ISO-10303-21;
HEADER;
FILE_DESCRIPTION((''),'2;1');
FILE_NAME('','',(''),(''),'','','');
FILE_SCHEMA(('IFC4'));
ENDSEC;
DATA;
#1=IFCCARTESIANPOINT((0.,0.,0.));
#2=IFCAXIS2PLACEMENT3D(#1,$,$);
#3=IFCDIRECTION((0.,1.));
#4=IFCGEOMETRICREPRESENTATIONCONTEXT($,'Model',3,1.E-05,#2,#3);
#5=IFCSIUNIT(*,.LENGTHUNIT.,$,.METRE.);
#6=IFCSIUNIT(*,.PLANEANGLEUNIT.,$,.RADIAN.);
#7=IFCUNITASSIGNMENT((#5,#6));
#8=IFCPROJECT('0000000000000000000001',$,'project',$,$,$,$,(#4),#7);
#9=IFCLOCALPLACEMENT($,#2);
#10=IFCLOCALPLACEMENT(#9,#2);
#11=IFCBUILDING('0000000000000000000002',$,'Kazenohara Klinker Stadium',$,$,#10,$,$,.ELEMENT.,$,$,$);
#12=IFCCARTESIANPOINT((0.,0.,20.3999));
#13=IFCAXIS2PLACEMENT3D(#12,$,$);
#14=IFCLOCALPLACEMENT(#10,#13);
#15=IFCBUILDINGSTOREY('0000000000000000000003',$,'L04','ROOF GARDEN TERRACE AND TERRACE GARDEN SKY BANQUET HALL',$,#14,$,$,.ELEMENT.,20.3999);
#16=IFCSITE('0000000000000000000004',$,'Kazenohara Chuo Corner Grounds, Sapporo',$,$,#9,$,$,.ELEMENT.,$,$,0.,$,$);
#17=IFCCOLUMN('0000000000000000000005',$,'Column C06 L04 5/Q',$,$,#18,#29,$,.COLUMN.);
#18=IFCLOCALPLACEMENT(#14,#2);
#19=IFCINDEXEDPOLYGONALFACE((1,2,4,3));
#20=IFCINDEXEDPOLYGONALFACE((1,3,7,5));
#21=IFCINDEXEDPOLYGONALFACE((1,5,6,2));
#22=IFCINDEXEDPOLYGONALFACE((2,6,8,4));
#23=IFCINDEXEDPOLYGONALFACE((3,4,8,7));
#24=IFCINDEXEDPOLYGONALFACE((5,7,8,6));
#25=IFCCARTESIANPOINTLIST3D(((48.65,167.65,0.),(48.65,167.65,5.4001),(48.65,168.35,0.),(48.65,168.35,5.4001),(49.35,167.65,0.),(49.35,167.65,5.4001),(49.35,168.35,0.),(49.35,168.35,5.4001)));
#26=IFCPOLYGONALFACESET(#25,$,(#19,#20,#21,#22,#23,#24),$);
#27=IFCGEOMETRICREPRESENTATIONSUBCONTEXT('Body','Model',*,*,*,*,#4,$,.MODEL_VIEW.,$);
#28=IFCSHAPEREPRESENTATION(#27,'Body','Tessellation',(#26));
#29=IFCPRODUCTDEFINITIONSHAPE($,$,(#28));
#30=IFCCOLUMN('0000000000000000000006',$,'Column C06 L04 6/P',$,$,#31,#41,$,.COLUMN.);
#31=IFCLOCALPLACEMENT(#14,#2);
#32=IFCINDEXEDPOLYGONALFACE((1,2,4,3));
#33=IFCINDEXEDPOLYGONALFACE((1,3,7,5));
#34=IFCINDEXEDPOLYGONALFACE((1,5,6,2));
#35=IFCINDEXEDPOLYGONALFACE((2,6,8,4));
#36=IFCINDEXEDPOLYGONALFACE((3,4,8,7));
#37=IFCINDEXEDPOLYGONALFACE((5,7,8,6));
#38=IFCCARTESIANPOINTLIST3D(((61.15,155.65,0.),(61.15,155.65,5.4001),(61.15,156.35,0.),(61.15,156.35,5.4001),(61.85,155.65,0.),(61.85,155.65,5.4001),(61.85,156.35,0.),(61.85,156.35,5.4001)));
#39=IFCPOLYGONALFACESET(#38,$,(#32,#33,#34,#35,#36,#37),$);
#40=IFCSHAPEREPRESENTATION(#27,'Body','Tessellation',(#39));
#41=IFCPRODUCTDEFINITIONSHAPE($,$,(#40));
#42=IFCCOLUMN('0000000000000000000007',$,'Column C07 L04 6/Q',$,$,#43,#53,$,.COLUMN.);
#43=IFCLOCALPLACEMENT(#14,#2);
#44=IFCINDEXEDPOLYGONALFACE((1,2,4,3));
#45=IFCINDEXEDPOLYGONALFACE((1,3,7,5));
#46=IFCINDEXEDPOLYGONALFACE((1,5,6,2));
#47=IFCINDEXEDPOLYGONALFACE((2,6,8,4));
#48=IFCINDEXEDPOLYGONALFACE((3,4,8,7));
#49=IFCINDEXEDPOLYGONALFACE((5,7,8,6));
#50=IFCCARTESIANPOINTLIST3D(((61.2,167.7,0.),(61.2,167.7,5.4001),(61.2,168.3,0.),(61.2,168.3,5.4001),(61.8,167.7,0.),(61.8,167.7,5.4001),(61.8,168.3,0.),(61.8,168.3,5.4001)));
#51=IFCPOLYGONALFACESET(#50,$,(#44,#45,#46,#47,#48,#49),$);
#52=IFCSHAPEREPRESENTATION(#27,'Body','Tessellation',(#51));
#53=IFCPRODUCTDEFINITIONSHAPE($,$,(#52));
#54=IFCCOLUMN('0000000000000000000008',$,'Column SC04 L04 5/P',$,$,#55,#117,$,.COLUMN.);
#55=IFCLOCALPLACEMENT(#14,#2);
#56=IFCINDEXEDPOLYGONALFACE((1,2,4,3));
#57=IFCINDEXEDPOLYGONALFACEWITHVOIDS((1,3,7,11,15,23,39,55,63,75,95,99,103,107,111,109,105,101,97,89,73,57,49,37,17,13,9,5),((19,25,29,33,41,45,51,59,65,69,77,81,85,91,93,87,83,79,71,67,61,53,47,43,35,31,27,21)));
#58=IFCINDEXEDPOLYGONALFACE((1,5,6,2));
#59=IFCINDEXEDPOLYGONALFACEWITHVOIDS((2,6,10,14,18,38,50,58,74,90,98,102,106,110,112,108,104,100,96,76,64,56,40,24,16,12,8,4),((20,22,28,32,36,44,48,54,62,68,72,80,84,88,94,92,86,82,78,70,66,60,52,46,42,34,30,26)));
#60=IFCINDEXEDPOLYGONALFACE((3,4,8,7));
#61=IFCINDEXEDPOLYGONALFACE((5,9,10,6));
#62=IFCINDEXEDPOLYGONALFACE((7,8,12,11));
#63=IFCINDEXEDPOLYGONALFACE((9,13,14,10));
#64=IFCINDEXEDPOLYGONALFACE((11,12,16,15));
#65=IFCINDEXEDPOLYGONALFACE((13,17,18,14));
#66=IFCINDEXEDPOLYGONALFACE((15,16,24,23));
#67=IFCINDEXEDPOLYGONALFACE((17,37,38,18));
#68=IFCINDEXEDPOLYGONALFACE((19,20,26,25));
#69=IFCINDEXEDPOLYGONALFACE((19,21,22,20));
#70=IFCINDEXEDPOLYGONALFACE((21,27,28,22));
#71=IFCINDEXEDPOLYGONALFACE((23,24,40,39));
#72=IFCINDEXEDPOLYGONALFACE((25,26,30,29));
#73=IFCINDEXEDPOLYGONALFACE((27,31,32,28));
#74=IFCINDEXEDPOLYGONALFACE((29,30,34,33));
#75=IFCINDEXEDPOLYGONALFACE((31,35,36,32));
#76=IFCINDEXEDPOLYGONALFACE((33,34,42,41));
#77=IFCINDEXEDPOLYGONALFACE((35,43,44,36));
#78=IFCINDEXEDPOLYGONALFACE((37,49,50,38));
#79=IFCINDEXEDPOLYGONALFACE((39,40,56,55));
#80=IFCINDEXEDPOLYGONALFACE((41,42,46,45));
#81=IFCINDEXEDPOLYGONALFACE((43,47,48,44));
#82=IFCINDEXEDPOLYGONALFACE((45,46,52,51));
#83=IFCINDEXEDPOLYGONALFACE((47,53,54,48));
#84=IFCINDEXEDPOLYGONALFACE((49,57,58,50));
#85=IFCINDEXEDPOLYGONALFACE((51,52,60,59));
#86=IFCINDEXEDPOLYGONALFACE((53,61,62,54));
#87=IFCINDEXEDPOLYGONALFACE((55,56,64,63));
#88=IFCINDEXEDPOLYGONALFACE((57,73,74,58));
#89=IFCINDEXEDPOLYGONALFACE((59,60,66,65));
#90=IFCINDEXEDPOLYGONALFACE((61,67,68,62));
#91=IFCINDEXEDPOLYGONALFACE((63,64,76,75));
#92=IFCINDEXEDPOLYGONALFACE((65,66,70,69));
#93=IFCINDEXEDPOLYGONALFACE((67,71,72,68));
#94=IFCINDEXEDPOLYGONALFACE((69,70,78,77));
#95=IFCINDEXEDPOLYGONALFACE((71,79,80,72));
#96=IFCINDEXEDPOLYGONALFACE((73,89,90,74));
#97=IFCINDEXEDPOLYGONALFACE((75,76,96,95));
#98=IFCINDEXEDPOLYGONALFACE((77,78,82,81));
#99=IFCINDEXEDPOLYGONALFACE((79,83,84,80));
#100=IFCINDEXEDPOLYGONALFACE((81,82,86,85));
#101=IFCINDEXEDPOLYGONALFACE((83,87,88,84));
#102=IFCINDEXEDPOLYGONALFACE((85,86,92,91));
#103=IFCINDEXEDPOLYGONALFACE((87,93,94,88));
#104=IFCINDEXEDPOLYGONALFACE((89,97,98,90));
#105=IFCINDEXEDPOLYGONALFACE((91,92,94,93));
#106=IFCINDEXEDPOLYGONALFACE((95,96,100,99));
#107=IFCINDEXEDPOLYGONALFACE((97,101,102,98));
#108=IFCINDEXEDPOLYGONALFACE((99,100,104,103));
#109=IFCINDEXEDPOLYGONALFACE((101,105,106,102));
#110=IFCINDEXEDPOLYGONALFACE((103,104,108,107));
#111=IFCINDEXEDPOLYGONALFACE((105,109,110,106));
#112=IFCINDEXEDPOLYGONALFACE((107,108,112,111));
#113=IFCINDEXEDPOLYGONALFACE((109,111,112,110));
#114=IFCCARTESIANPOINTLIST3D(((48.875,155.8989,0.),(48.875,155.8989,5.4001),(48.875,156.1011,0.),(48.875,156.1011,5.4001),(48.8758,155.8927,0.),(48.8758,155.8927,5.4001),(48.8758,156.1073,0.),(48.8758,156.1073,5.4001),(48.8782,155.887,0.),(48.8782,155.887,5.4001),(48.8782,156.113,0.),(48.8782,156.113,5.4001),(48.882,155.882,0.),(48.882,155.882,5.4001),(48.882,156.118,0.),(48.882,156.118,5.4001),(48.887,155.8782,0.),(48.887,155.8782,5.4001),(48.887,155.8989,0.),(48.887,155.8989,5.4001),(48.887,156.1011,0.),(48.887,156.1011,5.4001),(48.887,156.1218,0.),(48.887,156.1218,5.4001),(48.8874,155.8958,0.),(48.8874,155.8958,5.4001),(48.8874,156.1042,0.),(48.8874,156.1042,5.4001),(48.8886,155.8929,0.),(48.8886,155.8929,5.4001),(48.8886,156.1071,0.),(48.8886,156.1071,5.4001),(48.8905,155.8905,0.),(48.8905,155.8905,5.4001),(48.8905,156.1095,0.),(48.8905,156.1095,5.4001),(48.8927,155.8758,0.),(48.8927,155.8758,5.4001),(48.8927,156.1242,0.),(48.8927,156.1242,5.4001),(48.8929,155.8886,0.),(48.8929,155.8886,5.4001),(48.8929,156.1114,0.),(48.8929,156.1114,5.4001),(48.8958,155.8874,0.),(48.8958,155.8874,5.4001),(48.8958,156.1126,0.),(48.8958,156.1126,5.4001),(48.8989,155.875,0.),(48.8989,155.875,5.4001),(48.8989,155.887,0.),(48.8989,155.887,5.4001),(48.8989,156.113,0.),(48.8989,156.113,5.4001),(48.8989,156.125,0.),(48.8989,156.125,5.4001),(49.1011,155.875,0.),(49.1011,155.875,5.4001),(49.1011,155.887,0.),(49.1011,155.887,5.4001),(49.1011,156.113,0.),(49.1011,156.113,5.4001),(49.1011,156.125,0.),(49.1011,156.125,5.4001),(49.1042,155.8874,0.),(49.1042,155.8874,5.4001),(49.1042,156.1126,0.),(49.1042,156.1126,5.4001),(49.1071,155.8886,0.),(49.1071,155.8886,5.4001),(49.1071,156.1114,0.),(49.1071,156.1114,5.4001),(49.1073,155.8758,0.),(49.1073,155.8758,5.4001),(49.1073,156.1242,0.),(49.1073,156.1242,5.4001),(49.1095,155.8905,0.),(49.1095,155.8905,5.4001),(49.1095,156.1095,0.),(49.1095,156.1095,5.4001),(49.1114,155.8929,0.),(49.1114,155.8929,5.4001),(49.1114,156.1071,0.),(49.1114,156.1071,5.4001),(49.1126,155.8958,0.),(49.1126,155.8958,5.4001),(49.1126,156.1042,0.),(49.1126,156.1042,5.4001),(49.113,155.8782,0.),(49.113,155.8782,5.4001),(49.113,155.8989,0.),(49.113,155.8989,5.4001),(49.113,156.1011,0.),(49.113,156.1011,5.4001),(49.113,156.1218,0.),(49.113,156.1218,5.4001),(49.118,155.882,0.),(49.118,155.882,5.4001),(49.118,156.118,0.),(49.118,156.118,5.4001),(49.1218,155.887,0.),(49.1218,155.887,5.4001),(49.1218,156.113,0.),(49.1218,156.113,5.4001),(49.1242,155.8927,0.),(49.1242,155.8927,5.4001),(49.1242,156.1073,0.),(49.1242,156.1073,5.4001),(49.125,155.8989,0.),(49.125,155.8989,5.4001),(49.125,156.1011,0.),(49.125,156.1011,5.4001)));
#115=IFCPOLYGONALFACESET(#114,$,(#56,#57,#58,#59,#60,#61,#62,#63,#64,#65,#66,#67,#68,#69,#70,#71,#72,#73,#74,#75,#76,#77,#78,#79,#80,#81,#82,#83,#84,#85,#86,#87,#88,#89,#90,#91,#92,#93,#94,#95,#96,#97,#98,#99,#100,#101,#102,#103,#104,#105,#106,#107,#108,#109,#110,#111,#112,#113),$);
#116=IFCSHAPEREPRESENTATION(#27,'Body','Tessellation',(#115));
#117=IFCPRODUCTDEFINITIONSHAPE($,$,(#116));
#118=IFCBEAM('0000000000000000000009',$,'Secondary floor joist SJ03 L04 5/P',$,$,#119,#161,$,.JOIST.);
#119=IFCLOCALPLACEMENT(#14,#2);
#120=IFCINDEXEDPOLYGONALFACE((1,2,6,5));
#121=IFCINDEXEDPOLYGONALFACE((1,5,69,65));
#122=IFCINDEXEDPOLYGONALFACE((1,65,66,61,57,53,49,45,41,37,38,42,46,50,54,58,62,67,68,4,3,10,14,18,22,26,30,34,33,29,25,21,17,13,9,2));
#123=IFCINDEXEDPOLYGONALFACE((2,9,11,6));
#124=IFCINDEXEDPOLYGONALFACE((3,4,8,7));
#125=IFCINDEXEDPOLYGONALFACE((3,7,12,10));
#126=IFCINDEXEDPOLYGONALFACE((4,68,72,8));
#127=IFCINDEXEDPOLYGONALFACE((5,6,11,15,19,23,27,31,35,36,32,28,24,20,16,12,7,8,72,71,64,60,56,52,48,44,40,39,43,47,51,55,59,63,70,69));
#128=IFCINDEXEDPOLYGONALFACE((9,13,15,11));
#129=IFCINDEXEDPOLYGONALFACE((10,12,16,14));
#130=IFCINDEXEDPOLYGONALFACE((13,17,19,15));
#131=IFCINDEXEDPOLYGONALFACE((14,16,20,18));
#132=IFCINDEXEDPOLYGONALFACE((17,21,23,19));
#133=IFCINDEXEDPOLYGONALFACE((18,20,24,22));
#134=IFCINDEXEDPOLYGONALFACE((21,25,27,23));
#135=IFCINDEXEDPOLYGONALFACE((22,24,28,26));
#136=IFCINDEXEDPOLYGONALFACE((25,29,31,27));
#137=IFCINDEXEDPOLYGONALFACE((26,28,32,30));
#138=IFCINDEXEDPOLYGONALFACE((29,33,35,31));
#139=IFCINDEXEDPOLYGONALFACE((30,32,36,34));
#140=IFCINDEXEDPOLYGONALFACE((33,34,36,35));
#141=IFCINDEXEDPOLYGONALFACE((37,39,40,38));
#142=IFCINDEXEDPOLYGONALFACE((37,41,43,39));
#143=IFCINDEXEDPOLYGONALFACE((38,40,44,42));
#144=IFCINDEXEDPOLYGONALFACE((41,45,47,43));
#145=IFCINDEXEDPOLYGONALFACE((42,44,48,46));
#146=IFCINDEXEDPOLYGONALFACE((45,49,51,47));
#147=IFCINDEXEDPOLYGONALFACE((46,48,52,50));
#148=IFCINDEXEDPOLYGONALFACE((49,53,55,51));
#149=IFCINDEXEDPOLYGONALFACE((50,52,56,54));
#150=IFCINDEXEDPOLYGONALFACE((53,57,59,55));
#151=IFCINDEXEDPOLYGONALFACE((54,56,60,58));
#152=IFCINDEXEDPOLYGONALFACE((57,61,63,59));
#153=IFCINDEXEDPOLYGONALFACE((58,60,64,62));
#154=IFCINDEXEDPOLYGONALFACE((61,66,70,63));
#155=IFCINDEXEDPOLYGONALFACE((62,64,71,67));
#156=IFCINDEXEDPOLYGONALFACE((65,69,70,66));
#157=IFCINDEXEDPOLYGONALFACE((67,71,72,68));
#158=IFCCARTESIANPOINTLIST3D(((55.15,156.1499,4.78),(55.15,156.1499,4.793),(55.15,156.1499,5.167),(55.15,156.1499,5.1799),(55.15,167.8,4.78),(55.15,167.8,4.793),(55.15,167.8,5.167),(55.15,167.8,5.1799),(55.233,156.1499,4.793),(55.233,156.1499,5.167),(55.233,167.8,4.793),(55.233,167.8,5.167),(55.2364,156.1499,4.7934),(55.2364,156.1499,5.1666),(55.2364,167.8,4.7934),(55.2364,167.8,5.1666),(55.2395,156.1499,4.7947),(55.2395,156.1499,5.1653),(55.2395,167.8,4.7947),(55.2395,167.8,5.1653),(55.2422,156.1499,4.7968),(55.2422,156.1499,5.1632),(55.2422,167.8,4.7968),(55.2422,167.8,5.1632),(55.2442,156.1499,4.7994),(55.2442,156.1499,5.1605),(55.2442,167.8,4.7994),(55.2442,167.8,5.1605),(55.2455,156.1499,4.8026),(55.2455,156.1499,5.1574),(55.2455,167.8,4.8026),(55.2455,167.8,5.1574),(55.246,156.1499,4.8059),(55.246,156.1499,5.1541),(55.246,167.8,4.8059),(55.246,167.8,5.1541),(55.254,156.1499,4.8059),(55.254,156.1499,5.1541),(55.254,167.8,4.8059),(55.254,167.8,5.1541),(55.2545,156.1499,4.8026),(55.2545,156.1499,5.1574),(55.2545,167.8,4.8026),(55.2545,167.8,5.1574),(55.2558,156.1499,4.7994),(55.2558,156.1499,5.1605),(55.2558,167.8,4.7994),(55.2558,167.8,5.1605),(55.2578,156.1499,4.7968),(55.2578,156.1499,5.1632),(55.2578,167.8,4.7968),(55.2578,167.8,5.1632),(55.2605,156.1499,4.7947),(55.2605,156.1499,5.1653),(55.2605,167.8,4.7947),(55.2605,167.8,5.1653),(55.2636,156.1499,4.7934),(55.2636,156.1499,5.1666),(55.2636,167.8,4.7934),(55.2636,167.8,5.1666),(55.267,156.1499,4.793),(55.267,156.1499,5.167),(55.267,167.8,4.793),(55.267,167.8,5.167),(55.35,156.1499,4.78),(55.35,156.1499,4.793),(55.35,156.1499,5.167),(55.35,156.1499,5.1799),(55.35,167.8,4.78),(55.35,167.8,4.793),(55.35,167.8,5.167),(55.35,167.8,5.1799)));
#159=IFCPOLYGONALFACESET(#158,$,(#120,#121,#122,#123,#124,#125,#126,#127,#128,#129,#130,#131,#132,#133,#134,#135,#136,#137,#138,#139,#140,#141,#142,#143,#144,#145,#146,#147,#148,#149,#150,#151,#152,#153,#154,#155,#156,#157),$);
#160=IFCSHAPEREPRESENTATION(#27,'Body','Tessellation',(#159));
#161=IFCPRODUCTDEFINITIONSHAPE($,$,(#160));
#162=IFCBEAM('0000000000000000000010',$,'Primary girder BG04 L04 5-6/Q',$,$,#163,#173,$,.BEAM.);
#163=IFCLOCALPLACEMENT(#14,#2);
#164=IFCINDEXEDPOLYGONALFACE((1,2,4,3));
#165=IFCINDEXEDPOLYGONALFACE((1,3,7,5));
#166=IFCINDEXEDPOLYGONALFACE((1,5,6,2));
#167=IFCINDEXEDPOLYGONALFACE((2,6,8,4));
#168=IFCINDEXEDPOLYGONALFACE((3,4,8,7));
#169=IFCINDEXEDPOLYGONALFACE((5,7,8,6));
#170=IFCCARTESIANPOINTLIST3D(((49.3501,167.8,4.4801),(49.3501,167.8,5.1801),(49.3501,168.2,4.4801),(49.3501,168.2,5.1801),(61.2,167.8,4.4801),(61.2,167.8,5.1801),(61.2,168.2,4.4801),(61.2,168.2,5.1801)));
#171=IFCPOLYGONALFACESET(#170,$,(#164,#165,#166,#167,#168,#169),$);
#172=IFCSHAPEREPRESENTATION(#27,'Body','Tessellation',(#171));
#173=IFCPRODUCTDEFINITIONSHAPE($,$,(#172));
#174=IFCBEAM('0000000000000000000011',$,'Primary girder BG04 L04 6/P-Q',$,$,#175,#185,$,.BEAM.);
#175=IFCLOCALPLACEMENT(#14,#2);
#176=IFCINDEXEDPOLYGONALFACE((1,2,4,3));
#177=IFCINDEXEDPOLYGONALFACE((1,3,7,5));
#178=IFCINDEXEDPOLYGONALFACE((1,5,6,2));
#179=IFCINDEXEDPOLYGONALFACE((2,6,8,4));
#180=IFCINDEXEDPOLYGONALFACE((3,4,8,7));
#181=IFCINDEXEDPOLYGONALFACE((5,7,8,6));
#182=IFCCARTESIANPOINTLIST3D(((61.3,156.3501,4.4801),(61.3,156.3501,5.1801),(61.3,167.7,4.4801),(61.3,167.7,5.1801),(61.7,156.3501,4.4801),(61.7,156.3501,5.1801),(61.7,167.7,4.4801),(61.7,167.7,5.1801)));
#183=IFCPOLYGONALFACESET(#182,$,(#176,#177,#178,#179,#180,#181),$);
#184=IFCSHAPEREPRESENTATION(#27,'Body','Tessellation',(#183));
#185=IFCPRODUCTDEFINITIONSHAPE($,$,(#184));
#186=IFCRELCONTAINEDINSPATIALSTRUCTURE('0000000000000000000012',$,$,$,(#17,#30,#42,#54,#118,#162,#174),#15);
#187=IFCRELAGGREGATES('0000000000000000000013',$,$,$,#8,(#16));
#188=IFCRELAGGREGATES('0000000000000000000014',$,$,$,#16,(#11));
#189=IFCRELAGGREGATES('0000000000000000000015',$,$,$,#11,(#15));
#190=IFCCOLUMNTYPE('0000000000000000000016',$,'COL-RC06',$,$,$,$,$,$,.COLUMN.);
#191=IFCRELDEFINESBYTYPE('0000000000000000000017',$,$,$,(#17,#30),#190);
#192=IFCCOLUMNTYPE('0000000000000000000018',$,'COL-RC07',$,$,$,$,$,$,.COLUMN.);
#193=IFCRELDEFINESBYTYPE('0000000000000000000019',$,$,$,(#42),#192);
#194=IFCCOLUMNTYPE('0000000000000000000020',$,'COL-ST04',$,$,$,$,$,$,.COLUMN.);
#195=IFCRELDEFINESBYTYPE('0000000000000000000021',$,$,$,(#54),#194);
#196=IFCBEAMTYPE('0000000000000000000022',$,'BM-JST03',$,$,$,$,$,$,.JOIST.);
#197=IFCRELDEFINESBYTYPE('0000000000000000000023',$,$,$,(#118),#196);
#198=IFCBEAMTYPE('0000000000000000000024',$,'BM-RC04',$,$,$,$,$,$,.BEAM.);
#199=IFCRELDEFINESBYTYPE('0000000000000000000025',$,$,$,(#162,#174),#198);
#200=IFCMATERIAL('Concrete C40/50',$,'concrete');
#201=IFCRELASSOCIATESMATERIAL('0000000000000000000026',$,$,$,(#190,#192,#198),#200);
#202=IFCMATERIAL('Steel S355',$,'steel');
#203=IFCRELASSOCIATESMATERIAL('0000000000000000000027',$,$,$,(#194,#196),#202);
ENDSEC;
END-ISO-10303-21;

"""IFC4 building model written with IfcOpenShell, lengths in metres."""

from ifc_helpers import new_model, si_unit, direction, frame, origin, origin_2d, place, context, subcontext, project, spatial, rectangle, hollow_rectangle, i_section, extrude, material, material_profile, profile_set, type_object, element, save


model = new_model("IFC4")

# Units and contexts
model_context = context("Model", 3, precision=1e-05, world=origin(), true_north=direction((0.0, 1.0)))
body_context = subcontext(model_context, "Body", "Model", "MODEL_VIEW")
ifc_project = project(units=[si_unit("LENGTHUNIT", "METRE"), si_unit("PLANEANGLEUNIT", "RADIAN")], contexts=[model_context])

# Site, building, storey
site_placement = place(None, origin())
site = spatial("IfcSite", under=ifc_project, at=site_placement, Name="Kazenohara Chuo Corner Grounds, Sapporo", CompositionType="ELEMENT", RefElevation=0.0)
building_placement = place(site_placement, origin())
building = spatial("IfcBuilding", under=site, at=building_placement, Name="Kazenohara Klinker Stadium", CompositionType="ELEMENT")
storey_placement = place(building_placement, frame((0.0, 0.0, 20.3999)))
storey = spatial("IfcBuildingStorey", under=building, at=storey_placement, Name="L04", Description="ROOF GARDEN TERRACE AND TERRACE GARDEN SKY BANQUET HALL", CompositionType="ELEMENT", Elevation=20.3999)

# Columns
ifc_material_1 = material(Name="Concrete C40/50", Category="concrete")
ifc_material_profile_1 = material_profile(ifc_material_1, rectangle(XDim=0.7, YDim=0.7, at=origin_2d()), Name="RC-COL-700x700")
ifc_profile_set_1 = profile_set([ifc_material_profile_1], Name="Concrete C40/50")
column_type_1 = type_object("IfcColumnType", Name="COL-RC06", PredefinedType="COLUMN", material=ifc_profile_set_1)
for number, where, z_axis, x_axis, name in (
    (1, (49.0, 168.0, 0.0), (0.0, 0.0, 1.0), (1.0, 0.0, 0.0), "Column C06 L04 5/Q"),
    (2, (61.5, 156.0, 0.0), (0.0, 0.0, 1.0), (1.0, 0.0, 0.0), "Column C06 L04 6/P"),
):
    element("IfcColumn", number, at=place(storey_placement, frame(where, z_axis=z_axis, x_axis=x_axis)), inside=storey, type_object=column_type_1, Name=name, PredefinedType="COLUMN", context=body_context, shape_type="SweptSolid", body=[
        extrude(rectangle(XDim=0.7, YDim=0.7, at=origin_2d()), origin(), (0.0, 0.0, 1.0), 5.4001),
    ])
ifc_material_profile_2 = material_profile(ifc_material_1, rectangle(XDim=0.6001, YDim=0.6001, at=origin_2d()), Name="RC-COL-600x600")
ifc_profile_set_2 = profile_set([ifc_material_profile_2], Name="Concrete C40/50")
column_type_2 = type_object("IfcColumnType", Name="COL-RC07", PredefinedType="COLUMN", material=ifc_profile_set_2)
column_1_placement = place(storey_placement, frame((61.5, 168.0, 0.0), z_axis=(0.0, 0.0, 1.0), x_axis=(1.0, 0.0, 0.0)))
element("IfcColumn", 3, at=column_1_placement, inside=storey, type_object=column_type_2, Name="Column C07 L04 6/Q", PredefinedType="COLUMN", context=body_context, shape_type="SweptSolid", body=[
    extrude(rectangle(XDim=0.6001, YDim=0.6001, at=origin_2d()), origin(), (0.0, 0.0, 1.0), 5.4001),
])
ifc_material_2 = material(Name="Steel S355", Category="steel")
ifc_material_profile_3 = material_profile(ifc_material_2, hollow_rectangle(XDim=0.25, YDim=0.25, WallThickness=0.012, InnerFilletRadius=0.012, OuterFilletRadius=0.0239, at=origin_2d()), Name="SHS-250x250x12")
ifc_profile_set_3 = profile_set([ifc_material_profile_3], Name="Steel S355")
column_type_3 = type_object("IfcColumnType", Name="COL-ST04", PredefinedType="COLUMN", material=ifc_profile_set_3)
column_2_placement = place(storey_placement, frame((49.0, 156.0, 0.0), z_axis=(0.0, 0.0, 1.0), x_axis=(1.0, 0.0, 0.0)))
element("IfcColumn", 4, at=column_2_placement, inside=storey, type_object=column_type_3, Name="Column SC04 L04 5/P", PredefinedType="COLUMN", context=body_context, shape_type="SweptSolid", body=[
    extrude(hollow_rectangle(XDim=0.25, YDim=0.25, WallThickness=0.012, InnerFilletRadius=0.012, OuterFilletRadius=0.0239, at=origin_2d()), origin(), (0.0, 0.0, 1.0), 5.4001),
])

# Beams
ifc_material_profile_4 = material_profile(ifc_material_2, i_section(OverallWidth=0.2, OverallDepth=0.3999, WebThickness=0.0081, FlangeThickness=0.0129, FilletRadius=0.0129, at=origin_2d()), Name="H-400x200x8x13")
ifc_profile_set_4 = profile_set([ifc_material_profile_4], Name="Steel S355")
beam_type_1 = type_object("IfcBeamType", Name="BM-JST03", PredefinedType="JOIST", material=ifc_profile_set_4)
beam_1_placement = place(storey_placement, frame((55.25, 156.1499, 4.98), z_axis=(0.0, 1.0, 0.0), x_axis=(-1.0, 0.0, 0.0)))
element("IfcBeam", 5, at=beam_1_placement, inside=storey, type_object=beam_type_1, Name="Secondary floor joist SJ03 L04 5/P", PredefinedType="JOIST", context=body_context, shape_type="SweptSolid", body=[
    extrude(i_section(OverallWidth=0.2, OverallDepth=0.3999, WebThickness=0.0081, FlangeThickness=0.0129, FilletRadius=0.0129, at=origin_2d()), origin(), (0.0, 0.0, 1.0), 11.6501),
])
ifc_material_profile_5 = material_profile(ifc_material_1, rectangle(XDim=0.3999, YDim=0.7, at=origin_2d()), Name="RC-BM-400x700")
ifc_profile_set_5 = profile_set([ifc_material_profile_5], Name="Concrete C40/50")
beam_type_2 = type_object("IfcBeamType", Name="BM-RC04", PredefinedType="BEAM", material=ifc_profile_set_5)
beam_2_placement = place(storey_placement, frame((49.3501, 168.0, 4.8301), z_axis=(1.0, 0.0, 0.0), x_axis=(0.0, 1.0, 0.0)))
element("IfcBeam", 6, at=beam_2_placement, inside=storey, type_object=beam_type_2, Name="Primary girder BG04 L04 5-6/Q", PredefinedType="BEAM", context=body_context, shape_type="SweptSolid", body=[
    extrude(rectangle(XDim=0.3999, YDim=0.7, at=origin_2d()), origin(), (0.0, 0.0, 1.0), 11.8499),
])
beam_3_placement = place(storey_placement, frame((61.5, 156.3501, 4.8301), z_axis=(0.0, 1.0, 0.0), x_axis=(-1.0, 0.0, 0.0)))
element("IfcBeam", 7, at=beam_3_placement, inside=storey, type_object=beam_type_2, Name="Primary girder BG04 L04 6/P-Q", PredefinedType="BEAM", context=body_context, shape_type="SweptSolid", body=[
    extrude(rectangle(XDim=0.3999, YDim=0.7, at=origin_2d()), origin(), (0.0, 0.0, 1.0), 11.3499),
])

save(model, "model.ifc")
